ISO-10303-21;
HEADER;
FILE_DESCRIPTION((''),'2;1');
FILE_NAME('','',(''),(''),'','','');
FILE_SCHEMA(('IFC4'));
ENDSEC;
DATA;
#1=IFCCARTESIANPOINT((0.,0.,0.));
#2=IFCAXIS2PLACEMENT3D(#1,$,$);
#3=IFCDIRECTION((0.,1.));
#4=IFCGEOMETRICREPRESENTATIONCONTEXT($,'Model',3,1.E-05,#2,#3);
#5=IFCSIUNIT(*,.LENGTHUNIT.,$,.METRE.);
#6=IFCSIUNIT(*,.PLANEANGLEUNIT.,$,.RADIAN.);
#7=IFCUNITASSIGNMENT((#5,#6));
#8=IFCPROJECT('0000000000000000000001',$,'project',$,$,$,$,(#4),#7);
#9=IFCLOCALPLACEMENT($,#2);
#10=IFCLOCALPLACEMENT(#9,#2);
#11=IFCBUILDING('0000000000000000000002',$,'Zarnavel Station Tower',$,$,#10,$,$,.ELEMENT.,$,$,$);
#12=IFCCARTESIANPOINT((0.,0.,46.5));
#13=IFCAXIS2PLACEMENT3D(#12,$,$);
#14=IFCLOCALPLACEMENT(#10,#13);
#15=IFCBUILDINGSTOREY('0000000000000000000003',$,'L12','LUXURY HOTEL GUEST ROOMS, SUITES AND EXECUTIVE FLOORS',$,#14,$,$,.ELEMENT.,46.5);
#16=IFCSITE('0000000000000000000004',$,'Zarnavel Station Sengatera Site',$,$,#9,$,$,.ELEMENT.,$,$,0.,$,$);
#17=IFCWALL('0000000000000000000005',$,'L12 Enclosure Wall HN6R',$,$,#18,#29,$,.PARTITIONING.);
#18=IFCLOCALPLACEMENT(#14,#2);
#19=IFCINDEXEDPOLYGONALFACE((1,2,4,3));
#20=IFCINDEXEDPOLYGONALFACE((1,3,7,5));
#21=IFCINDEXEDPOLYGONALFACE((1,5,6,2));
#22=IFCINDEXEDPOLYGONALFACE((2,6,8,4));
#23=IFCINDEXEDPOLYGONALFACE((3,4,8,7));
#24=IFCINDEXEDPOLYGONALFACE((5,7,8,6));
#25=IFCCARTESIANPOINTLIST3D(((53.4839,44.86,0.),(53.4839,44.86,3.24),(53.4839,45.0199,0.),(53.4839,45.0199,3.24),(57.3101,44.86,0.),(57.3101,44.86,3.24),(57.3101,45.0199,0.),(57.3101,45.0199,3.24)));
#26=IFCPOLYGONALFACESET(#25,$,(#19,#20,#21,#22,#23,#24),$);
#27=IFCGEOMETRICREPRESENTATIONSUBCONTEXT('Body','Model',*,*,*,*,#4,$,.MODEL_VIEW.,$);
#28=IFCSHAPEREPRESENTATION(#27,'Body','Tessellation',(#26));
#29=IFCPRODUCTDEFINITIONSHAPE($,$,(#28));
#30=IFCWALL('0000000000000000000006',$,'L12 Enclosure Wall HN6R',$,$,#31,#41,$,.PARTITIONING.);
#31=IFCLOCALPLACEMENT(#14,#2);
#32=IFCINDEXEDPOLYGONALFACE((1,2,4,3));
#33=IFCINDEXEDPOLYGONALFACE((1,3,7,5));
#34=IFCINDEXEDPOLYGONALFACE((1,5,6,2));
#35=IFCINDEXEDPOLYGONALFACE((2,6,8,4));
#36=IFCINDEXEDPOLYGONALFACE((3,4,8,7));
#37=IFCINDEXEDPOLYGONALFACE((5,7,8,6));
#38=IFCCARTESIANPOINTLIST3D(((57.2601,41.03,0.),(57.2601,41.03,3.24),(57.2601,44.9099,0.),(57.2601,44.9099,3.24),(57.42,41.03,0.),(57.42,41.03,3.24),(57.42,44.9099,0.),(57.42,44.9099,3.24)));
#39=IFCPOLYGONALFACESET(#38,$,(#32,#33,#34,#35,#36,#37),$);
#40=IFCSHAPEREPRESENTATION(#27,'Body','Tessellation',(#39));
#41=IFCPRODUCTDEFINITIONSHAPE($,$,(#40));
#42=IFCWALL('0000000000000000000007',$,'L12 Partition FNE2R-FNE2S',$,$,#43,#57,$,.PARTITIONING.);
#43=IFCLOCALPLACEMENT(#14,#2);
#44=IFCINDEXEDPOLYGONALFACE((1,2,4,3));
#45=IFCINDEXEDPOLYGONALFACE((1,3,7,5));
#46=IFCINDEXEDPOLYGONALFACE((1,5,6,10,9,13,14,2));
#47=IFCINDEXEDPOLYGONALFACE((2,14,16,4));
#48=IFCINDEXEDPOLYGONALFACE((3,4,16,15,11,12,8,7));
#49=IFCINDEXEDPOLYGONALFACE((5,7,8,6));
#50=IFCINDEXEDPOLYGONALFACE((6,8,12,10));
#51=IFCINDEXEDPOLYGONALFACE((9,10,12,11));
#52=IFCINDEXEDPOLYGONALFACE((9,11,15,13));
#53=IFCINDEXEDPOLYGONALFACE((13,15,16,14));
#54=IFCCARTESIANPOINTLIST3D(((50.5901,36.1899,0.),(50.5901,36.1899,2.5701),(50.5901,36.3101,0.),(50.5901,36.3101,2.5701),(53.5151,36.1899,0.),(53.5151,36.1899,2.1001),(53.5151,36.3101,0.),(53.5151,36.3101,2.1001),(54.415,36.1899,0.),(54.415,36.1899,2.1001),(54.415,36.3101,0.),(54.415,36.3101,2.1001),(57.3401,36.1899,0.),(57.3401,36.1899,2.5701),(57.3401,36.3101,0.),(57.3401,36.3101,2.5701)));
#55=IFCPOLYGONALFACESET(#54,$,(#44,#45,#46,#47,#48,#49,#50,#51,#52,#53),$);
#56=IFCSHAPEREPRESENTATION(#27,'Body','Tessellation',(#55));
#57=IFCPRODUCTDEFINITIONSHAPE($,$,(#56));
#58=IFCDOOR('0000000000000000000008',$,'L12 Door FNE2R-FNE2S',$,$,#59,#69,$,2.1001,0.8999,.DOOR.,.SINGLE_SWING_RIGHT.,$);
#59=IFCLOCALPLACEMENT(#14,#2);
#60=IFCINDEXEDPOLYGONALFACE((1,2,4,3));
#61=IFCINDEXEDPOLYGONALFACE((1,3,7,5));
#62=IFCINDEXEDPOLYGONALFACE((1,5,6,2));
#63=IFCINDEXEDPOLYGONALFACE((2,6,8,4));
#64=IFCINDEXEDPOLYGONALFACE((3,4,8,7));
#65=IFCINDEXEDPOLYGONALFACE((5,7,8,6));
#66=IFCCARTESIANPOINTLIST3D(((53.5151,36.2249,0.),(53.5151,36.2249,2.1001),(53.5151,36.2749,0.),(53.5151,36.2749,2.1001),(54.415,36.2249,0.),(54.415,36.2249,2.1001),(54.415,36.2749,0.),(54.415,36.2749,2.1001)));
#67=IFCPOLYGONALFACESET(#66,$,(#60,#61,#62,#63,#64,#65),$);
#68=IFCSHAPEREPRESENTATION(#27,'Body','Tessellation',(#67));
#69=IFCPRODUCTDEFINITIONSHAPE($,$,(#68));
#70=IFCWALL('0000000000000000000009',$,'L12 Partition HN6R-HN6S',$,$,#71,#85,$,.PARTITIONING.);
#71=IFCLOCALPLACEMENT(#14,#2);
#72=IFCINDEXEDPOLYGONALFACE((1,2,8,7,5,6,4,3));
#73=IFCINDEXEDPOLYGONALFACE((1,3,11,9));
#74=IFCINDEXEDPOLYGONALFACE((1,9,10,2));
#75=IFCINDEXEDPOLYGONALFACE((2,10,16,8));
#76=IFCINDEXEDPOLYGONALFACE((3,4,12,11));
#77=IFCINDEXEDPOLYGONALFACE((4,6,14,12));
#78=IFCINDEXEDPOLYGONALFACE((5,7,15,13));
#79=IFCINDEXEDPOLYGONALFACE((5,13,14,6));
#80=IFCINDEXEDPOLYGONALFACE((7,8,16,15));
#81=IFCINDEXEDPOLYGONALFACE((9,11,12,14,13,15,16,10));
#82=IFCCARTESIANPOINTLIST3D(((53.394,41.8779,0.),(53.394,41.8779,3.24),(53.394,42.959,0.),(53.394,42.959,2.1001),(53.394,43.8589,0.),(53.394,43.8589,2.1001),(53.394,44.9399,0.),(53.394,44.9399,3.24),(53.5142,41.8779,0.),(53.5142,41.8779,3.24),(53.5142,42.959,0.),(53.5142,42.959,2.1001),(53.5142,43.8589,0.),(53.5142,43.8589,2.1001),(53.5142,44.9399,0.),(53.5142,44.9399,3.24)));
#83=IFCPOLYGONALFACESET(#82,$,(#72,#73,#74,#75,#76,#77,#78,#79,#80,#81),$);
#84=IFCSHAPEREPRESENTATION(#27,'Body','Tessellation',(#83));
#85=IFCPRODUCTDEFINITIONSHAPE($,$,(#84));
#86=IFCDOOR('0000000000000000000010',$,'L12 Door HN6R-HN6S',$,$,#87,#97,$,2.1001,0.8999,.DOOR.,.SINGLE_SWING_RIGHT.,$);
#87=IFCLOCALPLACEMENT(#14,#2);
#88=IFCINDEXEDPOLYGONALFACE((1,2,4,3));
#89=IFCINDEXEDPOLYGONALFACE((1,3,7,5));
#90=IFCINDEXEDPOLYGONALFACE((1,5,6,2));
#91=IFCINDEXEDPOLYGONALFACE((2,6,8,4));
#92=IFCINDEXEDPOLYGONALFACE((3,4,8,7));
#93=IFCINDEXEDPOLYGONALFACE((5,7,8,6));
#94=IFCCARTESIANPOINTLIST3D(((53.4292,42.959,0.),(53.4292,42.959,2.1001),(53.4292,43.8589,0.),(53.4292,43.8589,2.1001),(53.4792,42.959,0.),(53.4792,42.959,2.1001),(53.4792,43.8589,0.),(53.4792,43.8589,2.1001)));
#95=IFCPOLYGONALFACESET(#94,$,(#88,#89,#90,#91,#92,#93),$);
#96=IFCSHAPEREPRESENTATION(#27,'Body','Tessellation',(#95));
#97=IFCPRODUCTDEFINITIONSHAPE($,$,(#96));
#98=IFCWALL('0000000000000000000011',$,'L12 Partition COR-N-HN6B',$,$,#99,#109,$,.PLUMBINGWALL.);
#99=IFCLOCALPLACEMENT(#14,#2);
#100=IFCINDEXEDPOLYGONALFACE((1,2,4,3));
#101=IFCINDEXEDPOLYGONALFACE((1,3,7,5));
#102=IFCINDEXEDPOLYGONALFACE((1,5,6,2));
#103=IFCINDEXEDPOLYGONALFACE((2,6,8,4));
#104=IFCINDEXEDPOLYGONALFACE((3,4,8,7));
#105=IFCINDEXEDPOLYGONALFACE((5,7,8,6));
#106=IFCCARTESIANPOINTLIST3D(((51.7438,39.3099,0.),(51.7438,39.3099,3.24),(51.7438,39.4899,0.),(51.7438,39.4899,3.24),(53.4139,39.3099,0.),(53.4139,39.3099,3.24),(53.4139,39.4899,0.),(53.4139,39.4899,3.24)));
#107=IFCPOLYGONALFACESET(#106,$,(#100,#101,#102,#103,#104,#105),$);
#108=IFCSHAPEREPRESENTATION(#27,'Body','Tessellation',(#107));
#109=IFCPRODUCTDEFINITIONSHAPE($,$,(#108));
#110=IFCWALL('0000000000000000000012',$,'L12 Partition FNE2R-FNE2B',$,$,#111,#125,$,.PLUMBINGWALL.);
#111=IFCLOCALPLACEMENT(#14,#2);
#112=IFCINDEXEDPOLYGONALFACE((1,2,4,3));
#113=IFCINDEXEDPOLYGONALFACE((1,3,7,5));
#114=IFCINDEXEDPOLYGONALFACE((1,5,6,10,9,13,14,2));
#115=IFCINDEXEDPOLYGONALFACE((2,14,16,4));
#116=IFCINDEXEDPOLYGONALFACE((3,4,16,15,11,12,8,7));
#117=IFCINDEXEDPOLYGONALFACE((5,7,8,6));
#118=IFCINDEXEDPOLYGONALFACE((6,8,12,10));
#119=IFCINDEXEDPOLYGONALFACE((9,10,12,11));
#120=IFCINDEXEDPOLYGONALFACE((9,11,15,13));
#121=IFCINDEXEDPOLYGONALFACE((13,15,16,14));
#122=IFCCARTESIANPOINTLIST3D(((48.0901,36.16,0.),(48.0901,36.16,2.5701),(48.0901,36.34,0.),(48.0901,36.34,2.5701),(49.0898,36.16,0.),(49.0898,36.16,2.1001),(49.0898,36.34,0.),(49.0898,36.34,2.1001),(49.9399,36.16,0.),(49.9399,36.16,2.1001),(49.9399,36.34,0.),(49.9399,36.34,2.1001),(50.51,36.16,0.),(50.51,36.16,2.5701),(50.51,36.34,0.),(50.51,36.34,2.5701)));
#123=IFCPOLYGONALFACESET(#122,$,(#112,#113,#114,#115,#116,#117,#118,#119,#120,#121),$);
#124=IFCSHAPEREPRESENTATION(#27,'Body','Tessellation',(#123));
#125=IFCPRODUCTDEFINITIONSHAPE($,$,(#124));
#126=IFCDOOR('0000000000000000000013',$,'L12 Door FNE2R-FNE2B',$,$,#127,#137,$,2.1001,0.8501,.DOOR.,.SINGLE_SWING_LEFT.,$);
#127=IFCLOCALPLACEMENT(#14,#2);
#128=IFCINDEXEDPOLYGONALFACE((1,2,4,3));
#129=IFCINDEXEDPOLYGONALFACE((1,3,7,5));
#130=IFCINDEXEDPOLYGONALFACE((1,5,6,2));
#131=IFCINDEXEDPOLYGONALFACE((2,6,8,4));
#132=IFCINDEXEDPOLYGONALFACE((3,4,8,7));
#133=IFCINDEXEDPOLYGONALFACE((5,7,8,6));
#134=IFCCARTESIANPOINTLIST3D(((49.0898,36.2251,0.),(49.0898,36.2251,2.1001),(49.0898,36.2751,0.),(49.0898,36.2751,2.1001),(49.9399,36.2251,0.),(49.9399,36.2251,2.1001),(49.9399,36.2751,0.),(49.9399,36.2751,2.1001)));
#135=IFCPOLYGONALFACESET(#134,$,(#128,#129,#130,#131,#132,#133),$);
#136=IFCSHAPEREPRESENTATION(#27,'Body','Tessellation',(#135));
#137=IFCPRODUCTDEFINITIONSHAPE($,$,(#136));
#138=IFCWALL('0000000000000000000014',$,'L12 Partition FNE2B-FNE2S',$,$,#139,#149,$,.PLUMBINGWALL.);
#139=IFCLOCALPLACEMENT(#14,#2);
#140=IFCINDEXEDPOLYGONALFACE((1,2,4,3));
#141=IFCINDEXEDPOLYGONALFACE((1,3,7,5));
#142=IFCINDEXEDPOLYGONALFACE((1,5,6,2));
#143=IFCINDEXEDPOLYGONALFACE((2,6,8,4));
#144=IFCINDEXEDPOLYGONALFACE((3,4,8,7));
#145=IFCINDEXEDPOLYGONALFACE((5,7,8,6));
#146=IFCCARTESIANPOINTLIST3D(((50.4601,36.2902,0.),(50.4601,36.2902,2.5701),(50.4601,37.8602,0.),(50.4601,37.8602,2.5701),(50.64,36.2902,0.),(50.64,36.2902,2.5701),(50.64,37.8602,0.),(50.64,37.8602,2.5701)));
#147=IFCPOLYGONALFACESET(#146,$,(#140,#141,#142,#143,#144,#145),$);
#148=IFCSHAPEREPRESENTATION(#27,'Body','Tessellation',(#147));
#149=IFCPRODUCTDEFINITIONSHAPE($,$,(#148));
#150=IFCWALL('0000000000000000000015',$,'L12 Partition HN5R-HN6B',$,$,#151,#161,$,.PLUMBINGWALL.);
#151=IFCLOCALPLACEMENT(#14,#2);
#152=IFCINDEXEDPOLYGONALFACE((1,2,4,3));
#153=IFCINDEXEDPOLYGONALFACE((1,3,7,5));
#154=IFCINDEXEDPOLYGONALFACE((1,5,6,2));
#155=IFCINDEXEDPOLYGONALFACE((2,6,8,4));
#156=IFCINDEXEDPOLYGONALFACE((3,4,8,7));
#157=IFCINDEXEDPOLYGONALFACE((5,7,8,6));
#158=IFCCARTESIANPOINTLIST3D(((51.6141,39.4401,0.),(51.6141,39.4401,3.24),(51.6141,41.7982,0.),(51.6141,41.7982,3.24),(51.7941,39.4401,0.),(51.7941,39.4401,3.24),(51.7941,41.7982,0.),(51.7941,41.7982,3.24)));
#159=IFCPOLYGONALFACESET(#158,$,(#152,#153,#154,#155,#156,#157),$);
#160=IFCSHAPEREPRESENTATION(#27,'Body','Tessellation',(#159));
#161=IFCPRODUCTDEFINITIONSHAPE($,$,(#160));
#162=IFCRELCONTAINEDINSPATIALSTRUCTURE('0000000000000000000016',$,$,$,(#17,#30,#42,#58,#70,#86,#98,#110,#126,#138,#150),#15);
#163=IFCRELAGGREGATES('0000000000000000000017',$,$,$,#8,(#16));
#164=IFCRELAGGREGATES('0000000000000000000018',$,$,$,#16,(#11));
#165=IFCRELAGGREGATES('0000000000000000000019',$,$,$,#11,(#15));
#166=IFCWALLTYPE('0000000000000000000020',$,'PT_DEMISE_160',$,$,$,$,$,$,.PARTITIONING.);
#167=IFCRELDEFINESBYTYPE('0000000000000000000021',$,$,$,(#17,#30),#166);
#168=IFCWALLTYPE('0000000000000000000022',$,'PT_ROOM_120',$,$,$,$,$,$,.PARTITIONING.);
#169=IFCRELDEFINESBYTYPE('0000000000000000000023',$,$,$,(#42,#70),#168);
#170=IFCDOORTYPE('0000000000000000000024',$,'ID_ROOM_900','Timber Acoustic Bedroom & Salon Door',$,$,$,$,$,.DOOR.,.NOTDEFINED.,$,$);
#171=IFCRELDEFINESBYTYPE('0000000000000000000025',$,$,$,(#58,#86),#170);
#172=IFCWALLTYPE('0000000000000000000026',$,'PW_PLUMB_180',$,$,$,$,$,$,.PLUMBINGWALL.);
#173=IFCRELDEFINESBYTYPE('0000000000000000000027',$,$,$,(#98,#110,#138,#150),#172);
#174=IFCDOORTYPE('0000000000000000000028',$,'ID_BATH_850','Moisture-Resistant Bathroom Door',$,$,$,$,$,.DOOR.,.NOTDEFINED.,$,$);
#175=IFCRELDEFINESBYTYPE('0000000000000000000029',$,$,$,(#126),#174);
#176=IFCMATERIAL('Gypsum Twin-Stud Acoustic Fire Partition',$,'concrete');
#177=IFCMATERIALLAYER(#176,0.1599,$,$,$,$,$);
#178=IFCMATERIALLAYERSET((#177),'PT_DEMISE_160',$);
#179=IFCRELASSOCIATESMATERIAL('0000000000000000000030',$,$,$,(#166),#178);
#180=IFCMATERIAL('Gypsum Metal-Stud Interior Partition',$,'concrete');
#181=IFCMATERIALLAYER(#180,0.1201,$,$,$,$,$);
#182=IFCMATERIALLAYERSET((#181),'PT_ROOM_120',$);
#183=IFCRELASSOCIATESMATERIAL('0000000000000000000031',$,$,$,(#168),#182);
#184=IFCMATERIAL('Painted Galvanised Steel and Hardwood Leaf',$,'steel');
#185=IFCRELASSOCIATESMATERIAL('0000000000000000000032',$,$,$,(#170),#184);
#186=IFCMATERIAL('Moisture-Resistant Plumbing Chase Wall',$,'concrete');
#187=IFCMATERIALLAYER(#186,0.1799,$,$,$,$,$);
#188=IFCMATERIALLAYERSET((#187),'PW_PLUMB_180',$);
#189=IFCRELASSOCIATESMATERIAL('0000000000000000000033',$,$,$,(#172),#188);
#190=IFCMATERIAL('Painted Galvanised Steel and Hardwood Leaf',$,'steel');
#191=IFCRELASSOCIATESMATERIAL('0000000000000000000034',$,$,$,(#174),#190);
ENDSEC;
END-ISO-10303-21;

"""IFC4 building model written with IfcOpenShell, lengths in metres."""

from ifc_helpers import new_model, si_unit, direction, frame, frame_2d, origin, place, context, subcontext, project, spatial, rectangle, extrude, material, layer, layer_set, type_object, element, fill, save


model = new_model("IFC4")

# Units and contexts
model_context = context("Model", 3, precision=1e-05, world=origin(), true_north=direction((0.0, 1.0)))
body_context = subcontext(model_context, "Body", "Model", "MODEL_VIEW")
ifc_project = project(units=[si_unit("LENGTHUNIT", "METRE"), si_unit("PLANEANGLEUNIT", "RADIAN")], contexts=[model_context])

# Site, building, storey
site_placement = place(None, origin())
site = spatial("IfcSite", under=ifc_project, at=site_placement, Name="Zarnavel Station Sengatera Site", CompositionType="ELEMENT", RefElevation=0.0)
building_placement = place(site_placement, origin())
building = spatial("IfcBuilding", under=site, at=building_placement, Name="Zarnavel Station Tower", CompositionType="ELEMENT")
storey_placement = place(building_placement, frame((0.0, 0.0, 46.5)))
storey = spatial("IfcBuildingStorey", under=building, at=storey_placement, Name="L12", Description="LUXURY HOTEL GUEST ROOMS, SUITES AND EXECUTIVE FLOORS", CompositionType="ELEMENT", Elevation=46.5)

# Shared definitions
ifc_material_1 = material(Name="Gypsum Twin-Stud Acoustic Fire Partition", Category="concrete")
ifc_layer_1 = layer(ifc_material_1, 0.1599)
ifc_layer_set_1 = layer_set([ifc_layer_1], Name="PT_DEMISE_160")
wall_type_1 = type_object("IfcWallType", Name="PT_DEMISE_160", PredefinedType="PARTITIONING", material=ifc_layer_set_1)

# Walls
wall_1_placement = place(storey_placement, frame((53.4839, 44.9399, 0.0), z_axis=(0.0, 0.0, 1.0), x_axis=(1.0, 0.0, 0.0)))
element("IfcWall", 1, at=wall_1_placement, inside=storey, type_object=wall_type_1, Name="L12 Enclosure Wall HN6R", PredefinedType="PARTITIONING", context=body_context, shape_type="SweptSolid", body=[
    extrude(rectangle(XDim=3.8262, YDim=0.1599, at=frame_2d((1.9131, 0.0))), origin(), (0.0, 0.0, 1.0), 3.24),
])
wall_2_placement = place(storey_placement, frame((57.3401, 41.03, 0.0), z_axis=(0.0, 0.0, 1.0), x_axis=(0.0, 1.0, 0.0)))
element("IfcWall", 2, at=wall_2_placement, inside=storey, type_object=wall_type_1, Name="L12 Enclosure Wall HN6R", PredefinedType="PARTITIONING", context=body_context, shape_type="SweptSolid", body=[
    extrude(rectangle(XDim=3.8799, YDim=0.1599, at=frame_2d((1.9399, 0.0))), origin(), (0.0, 0.0, 1.0), 3.24),
])

# Walls, openings, doors
ifc_material_2 = material(Name="Gypsum Metal-Stud Interior Partition", Category="concrete")
ifc_layer_2 = layer(ifc_material_2, 0.1201)
ifc_layer_set_2 = layer_set([ifc_layer_2], Name="PT_ROOM_120")
wall_type_2 = type_object("IfcWallType", Name="PT_ROOM_120", PredefinedType="PARTITIONING", material=ifc_layer_set_2)
wall_3_placement = place(storey_placement, frame((50.5901, 36.25, 0.0), z_axis=(0.0, 0.0, 1.0), x_axis=(1.0, 0.0, 0.0)))
wall_3 = element("IfcWall", 3, at=wall_3_placement, inside=storey, type_object=wall_type_2, Name="L12 Partition FNE2R-FNE2S", PredefinedType="PARTITIONING", context=body_context, shape_type="SweptSolid", body=[
    extrude(rectangle(XDim=6.75, YDim=0.1201, at=frame_2d((3.375, 0.0))), origin(), (0.0, 0.0, 1.0), 2.5701),
])
opening_1_placement = place(wall_3_placement, frame((2.925, 0.0, 0.0)))
opening_1 = element("IfcOpeningElement", 4, at=opening_1_placement, cuts=wall_3, PredefinedType="OPENING", context=body_context, shape_type="SweptSolid", body=[
    extrude(rectangle(XDim=0.8999, YDim=2.1001, at=frame_2d((0.45, 1.05))), frame((0.0, 0.0701, 0.0), z_axis=(0.0, -1.0, 0.0), x_axis=(1.0, 0.0, 0.0)), (0.0, 0.0, 1.0), 0.1401),
])
ifc_material_3 = material(Name="Painted Galvanised Steel and Hardwood Leaf", Category="steel")
door_type_1 = type_object("IfcDoorType", Name="ID_ROOM_900", Description="Timber Acoustic Bedroom & Salon Door", OperationType="NOTDEFINED", PredefinedType="DOOR", material=ifc_material_3)
door_1_placement = place(opening_1_placement, origin())
door_1 = element("IfcDoor", 5, at=door_1_placement, inside=storey, type_object=door_type_1, Name="L12 Door FNE2R-FNE2S", OperationType="SINGLE_SWING_RIGHT", OverallHeight=2.1001, OverallWidth=0.8999, PredefinedType="DOOR", context=body_context, shape_type="SweptSolid", body=[
    extrude(rectangle(XDim=0.8999, YDim=2.1001, at=frame_2d((0.45, 1.05))), frame((0.0, 0.0249, 0.0), z_axis=(0.0, -1.0, 0.0), x_axis=(1.0, 0.0, 0.0)), (0.0, 0.0, 1.0), 0.05),
])
fill(opening_1, door_1)
wall_4_placement = place(storey_placement, frame((53.4541, 41.8779, 0.0), z_axis=(0.0, 0.0, 1.0), x_axis=(0.0, 1.0, 0.0)))
wall_4 = element("IfcWall", 6, at=wall_4_placement, inside=storey, type_object=wall_type_2, Name="L12 Partition HN6R-HN6S", PredefinedType="PARTITIONING", context=body_context, shape_type="SweptSolid", body=[
    extrude(rectangle(XDim=3.062, YDim=0.1201, at=frame_2d((1.531, 0.0))), origin(), (0.0, 0.0, 1.0), 3.24),
])
opening_2_placement = place(wall_4_placement, frame((1.0811, 0.0, 0.0)))
opening_2 = element("IfcOpeningElement", 7, at=opening_2_placement, cuts=wall_4, PredefinedType="OPENING", context=body_context, shape_type="SweptSolid", body=[
    extrude(rectangle(XDim=0.8999, YDim=2.1001, at=frame_2d((0.45, 1.05))), frame((0.0, 0.0701, 0.0), z_axis=(0.0, -1.0, 0.0), x_axis=(1.0, 0.0, 0.0)), (0.0, 0.0, 1.0), 0.1401),
])
door_2_placement = place(opening_2_placement, origin())
door_2 = element("IfcDoor", 8, at=door_2_placement, inside=storey, type_object=door_type_1, Name="L12 Door HN6R-HN6S", OperationType="SINGLE_SWING_RIGHT", OverallHeight=2.1001, OverallWidth=0.8999, PredefinedType="DOOR", context=body_context, shape_type="SweptSolid", body=[
    extrude(rectangle(XDim=0.8999, YDim=2.1001, at=frame_2d((0.45, 1.05))), frame((0.0, 0.0249, 0.0), z_axis=(0.0, -1.0, 0.0), x_axis=(1.0, 0.0, 0.0)), (0.0, 0.0, 1.0), 0.05),
])
fill(opening_2, door_2)

# Wall
ifc_material_4 = material(Name="Moisture-Resistant Plumbing Chase Wall", Category="concrete")
ifc_layer_3 = layer(ifc_material_4, 0.1799)
ifc_layer_set_3 = layer_set([ifc_layer_3], Name="PW_PLUMB_180")
wall_type_3 = type_object("IfcWallType", Name="PW_PLUMB_180", PredefinedType="PLUMBINGWALL", material=ifc_layer_set_3)
wall_5_placement = place(storey_placement, frame((51.7439, 39.3999, 0.0), z_axis=(0.0, 0.0, 1.0), x_axis=(1.0, 0.0, 0.0)))
element("IfcWall", 9, at=wall_5_placement, inside=storey, type_object=wall_type_3, Name="L12 Partition COR-N-HN6B", PredefinedType="PLUMBINGWALL", context=body_context, shape_type="SweptSolid", body=[
    extrude(rectangle(XDim=1.6702, YDim=0.1799, at=frame_2d((0.835, 0.0))), origin(), (0.0, 0.0, 1.0), 3.24),
])

# Wall, opening, door
wall_6_placement = place(storey_placement, frame((50.51, 36.25, 0.0), z_axis=(0.0, 0.0, 1.0), x_axis=(-1.0, 0.0, 0.0)))
wall_6 = element("IfcWall", 10, at=wall_6_placement, inside=storey, type_object=wall_type_3, Name="L12 Partition FNE2R-FNE2B", PredefinedType="PLUMBINGWALL", context=body_context, shape_type="SweptSolid", body=[
    extrude(rectangle(XDim=2.4199, YDim=0.1799, at=frame_2d((1.21, 0.0))), origin(), (0.0, 0.0, 1.0), 2.5701),
])
opening_3_placement = place(wall_6_placement, frame((0.5701, 0.0, 0.0)))
opening_3 = element("IfcOpeningElement", 11, at=opening_3_placement, cuts=wall_6, PredefinedType="OPENING", context=body_context, shape_type="SweptSolid", body=[
    extrude(rectangle(XDim=0.8501, YDim=2.1001, at=frame_2d((0.425, 1.05))), frame((0.0, 0.0999, 0.0), z_axis=(0.0, -1.0, 0.0), x_axis=(1.0, 0.0, 0.0)), (0.0, 0.0, 1.0), 0.2),
])
ifc_material_5 = material(Name="Painted Galvanised Steel and Hardwood Leaf", Category="steel")
door_type_2 = type_object("IfcDoorType", Name="ID_BATH_850", Description="Moisture-Resistant Bathroom Door", OperationType="NOTDEFINED", PredefinedType="DOOR", material=ifc_material_5)
door_3_placement = place(opening_3_placement, origin())
door_3 = element("IfcDoor", 12, at=door_3_placement, inside=storey, type_object=door_type_2, Name="L12 Door FNE2R-FNE2B", OperationType="SINGLE_SWING_LEFT", OverallHeight=2.1001, OverallWidth=0.8501, PredefinedType="DOOR", context=body_context, shape_type="SweptSolid", body=[
    extrude(rectangle(XDim=0.8501, YDim=2.1001, at=frame_2d((0.425, 1.05))), frame((0.0, 0.0249, 0.0), z_axis=(0.0, -1.0, 0.0), x_axis=(1.0, 0.0, 0.0)), (0.0, 0.0, 1.0), 0.05),
])
fill(opening_3, door_3)

# Walls
wall_7_placement = place(storey_placement, frame((50.55, 36.29, 0.0), z_axis=(0.0, 0.0, 1.0), x_axis=(0.0, 1.0, 0.0)))
element("IfcWall", 13, at=wall_7_placement, inside=storey, type_object=wall_type_3, Name="L12 Partition FNE2B-FNE2S", PredefinedType="PLUMBINGWALL", context=body_context, shape_type="SweptSolid", body=[
    extrude(rectangle(XDim=1.5701, YDim=0.1799, at=frame_2d((0.7852, 0.0))), origin(), (0.0, 0.0, 1.0), 2.5701),
])
wall_8_placement = place(storey_placement, frame((51.7041, 39.4399, 0.0), z_axis=(0.0, 0.0, 1.0), x_axis=(0.0, 1.0, 0.0)))
element("IfcWall", 14, at=wall_8_placement, inside=storey, type_object=wall_type_3, Name="L12 Partition HN5R-HN6B", PredefinedType="PLUMBINGWALL", context=body_context, shape_type="SweptSolid", body=[
    extrude(rectangle(XDim=2.3582, YDim=0.1799, at=frame_2d((1.1792, 0.0))), origin(), (0.0, 0.0, 1.0), 3.24),
])

save(model, "model.ifc")
